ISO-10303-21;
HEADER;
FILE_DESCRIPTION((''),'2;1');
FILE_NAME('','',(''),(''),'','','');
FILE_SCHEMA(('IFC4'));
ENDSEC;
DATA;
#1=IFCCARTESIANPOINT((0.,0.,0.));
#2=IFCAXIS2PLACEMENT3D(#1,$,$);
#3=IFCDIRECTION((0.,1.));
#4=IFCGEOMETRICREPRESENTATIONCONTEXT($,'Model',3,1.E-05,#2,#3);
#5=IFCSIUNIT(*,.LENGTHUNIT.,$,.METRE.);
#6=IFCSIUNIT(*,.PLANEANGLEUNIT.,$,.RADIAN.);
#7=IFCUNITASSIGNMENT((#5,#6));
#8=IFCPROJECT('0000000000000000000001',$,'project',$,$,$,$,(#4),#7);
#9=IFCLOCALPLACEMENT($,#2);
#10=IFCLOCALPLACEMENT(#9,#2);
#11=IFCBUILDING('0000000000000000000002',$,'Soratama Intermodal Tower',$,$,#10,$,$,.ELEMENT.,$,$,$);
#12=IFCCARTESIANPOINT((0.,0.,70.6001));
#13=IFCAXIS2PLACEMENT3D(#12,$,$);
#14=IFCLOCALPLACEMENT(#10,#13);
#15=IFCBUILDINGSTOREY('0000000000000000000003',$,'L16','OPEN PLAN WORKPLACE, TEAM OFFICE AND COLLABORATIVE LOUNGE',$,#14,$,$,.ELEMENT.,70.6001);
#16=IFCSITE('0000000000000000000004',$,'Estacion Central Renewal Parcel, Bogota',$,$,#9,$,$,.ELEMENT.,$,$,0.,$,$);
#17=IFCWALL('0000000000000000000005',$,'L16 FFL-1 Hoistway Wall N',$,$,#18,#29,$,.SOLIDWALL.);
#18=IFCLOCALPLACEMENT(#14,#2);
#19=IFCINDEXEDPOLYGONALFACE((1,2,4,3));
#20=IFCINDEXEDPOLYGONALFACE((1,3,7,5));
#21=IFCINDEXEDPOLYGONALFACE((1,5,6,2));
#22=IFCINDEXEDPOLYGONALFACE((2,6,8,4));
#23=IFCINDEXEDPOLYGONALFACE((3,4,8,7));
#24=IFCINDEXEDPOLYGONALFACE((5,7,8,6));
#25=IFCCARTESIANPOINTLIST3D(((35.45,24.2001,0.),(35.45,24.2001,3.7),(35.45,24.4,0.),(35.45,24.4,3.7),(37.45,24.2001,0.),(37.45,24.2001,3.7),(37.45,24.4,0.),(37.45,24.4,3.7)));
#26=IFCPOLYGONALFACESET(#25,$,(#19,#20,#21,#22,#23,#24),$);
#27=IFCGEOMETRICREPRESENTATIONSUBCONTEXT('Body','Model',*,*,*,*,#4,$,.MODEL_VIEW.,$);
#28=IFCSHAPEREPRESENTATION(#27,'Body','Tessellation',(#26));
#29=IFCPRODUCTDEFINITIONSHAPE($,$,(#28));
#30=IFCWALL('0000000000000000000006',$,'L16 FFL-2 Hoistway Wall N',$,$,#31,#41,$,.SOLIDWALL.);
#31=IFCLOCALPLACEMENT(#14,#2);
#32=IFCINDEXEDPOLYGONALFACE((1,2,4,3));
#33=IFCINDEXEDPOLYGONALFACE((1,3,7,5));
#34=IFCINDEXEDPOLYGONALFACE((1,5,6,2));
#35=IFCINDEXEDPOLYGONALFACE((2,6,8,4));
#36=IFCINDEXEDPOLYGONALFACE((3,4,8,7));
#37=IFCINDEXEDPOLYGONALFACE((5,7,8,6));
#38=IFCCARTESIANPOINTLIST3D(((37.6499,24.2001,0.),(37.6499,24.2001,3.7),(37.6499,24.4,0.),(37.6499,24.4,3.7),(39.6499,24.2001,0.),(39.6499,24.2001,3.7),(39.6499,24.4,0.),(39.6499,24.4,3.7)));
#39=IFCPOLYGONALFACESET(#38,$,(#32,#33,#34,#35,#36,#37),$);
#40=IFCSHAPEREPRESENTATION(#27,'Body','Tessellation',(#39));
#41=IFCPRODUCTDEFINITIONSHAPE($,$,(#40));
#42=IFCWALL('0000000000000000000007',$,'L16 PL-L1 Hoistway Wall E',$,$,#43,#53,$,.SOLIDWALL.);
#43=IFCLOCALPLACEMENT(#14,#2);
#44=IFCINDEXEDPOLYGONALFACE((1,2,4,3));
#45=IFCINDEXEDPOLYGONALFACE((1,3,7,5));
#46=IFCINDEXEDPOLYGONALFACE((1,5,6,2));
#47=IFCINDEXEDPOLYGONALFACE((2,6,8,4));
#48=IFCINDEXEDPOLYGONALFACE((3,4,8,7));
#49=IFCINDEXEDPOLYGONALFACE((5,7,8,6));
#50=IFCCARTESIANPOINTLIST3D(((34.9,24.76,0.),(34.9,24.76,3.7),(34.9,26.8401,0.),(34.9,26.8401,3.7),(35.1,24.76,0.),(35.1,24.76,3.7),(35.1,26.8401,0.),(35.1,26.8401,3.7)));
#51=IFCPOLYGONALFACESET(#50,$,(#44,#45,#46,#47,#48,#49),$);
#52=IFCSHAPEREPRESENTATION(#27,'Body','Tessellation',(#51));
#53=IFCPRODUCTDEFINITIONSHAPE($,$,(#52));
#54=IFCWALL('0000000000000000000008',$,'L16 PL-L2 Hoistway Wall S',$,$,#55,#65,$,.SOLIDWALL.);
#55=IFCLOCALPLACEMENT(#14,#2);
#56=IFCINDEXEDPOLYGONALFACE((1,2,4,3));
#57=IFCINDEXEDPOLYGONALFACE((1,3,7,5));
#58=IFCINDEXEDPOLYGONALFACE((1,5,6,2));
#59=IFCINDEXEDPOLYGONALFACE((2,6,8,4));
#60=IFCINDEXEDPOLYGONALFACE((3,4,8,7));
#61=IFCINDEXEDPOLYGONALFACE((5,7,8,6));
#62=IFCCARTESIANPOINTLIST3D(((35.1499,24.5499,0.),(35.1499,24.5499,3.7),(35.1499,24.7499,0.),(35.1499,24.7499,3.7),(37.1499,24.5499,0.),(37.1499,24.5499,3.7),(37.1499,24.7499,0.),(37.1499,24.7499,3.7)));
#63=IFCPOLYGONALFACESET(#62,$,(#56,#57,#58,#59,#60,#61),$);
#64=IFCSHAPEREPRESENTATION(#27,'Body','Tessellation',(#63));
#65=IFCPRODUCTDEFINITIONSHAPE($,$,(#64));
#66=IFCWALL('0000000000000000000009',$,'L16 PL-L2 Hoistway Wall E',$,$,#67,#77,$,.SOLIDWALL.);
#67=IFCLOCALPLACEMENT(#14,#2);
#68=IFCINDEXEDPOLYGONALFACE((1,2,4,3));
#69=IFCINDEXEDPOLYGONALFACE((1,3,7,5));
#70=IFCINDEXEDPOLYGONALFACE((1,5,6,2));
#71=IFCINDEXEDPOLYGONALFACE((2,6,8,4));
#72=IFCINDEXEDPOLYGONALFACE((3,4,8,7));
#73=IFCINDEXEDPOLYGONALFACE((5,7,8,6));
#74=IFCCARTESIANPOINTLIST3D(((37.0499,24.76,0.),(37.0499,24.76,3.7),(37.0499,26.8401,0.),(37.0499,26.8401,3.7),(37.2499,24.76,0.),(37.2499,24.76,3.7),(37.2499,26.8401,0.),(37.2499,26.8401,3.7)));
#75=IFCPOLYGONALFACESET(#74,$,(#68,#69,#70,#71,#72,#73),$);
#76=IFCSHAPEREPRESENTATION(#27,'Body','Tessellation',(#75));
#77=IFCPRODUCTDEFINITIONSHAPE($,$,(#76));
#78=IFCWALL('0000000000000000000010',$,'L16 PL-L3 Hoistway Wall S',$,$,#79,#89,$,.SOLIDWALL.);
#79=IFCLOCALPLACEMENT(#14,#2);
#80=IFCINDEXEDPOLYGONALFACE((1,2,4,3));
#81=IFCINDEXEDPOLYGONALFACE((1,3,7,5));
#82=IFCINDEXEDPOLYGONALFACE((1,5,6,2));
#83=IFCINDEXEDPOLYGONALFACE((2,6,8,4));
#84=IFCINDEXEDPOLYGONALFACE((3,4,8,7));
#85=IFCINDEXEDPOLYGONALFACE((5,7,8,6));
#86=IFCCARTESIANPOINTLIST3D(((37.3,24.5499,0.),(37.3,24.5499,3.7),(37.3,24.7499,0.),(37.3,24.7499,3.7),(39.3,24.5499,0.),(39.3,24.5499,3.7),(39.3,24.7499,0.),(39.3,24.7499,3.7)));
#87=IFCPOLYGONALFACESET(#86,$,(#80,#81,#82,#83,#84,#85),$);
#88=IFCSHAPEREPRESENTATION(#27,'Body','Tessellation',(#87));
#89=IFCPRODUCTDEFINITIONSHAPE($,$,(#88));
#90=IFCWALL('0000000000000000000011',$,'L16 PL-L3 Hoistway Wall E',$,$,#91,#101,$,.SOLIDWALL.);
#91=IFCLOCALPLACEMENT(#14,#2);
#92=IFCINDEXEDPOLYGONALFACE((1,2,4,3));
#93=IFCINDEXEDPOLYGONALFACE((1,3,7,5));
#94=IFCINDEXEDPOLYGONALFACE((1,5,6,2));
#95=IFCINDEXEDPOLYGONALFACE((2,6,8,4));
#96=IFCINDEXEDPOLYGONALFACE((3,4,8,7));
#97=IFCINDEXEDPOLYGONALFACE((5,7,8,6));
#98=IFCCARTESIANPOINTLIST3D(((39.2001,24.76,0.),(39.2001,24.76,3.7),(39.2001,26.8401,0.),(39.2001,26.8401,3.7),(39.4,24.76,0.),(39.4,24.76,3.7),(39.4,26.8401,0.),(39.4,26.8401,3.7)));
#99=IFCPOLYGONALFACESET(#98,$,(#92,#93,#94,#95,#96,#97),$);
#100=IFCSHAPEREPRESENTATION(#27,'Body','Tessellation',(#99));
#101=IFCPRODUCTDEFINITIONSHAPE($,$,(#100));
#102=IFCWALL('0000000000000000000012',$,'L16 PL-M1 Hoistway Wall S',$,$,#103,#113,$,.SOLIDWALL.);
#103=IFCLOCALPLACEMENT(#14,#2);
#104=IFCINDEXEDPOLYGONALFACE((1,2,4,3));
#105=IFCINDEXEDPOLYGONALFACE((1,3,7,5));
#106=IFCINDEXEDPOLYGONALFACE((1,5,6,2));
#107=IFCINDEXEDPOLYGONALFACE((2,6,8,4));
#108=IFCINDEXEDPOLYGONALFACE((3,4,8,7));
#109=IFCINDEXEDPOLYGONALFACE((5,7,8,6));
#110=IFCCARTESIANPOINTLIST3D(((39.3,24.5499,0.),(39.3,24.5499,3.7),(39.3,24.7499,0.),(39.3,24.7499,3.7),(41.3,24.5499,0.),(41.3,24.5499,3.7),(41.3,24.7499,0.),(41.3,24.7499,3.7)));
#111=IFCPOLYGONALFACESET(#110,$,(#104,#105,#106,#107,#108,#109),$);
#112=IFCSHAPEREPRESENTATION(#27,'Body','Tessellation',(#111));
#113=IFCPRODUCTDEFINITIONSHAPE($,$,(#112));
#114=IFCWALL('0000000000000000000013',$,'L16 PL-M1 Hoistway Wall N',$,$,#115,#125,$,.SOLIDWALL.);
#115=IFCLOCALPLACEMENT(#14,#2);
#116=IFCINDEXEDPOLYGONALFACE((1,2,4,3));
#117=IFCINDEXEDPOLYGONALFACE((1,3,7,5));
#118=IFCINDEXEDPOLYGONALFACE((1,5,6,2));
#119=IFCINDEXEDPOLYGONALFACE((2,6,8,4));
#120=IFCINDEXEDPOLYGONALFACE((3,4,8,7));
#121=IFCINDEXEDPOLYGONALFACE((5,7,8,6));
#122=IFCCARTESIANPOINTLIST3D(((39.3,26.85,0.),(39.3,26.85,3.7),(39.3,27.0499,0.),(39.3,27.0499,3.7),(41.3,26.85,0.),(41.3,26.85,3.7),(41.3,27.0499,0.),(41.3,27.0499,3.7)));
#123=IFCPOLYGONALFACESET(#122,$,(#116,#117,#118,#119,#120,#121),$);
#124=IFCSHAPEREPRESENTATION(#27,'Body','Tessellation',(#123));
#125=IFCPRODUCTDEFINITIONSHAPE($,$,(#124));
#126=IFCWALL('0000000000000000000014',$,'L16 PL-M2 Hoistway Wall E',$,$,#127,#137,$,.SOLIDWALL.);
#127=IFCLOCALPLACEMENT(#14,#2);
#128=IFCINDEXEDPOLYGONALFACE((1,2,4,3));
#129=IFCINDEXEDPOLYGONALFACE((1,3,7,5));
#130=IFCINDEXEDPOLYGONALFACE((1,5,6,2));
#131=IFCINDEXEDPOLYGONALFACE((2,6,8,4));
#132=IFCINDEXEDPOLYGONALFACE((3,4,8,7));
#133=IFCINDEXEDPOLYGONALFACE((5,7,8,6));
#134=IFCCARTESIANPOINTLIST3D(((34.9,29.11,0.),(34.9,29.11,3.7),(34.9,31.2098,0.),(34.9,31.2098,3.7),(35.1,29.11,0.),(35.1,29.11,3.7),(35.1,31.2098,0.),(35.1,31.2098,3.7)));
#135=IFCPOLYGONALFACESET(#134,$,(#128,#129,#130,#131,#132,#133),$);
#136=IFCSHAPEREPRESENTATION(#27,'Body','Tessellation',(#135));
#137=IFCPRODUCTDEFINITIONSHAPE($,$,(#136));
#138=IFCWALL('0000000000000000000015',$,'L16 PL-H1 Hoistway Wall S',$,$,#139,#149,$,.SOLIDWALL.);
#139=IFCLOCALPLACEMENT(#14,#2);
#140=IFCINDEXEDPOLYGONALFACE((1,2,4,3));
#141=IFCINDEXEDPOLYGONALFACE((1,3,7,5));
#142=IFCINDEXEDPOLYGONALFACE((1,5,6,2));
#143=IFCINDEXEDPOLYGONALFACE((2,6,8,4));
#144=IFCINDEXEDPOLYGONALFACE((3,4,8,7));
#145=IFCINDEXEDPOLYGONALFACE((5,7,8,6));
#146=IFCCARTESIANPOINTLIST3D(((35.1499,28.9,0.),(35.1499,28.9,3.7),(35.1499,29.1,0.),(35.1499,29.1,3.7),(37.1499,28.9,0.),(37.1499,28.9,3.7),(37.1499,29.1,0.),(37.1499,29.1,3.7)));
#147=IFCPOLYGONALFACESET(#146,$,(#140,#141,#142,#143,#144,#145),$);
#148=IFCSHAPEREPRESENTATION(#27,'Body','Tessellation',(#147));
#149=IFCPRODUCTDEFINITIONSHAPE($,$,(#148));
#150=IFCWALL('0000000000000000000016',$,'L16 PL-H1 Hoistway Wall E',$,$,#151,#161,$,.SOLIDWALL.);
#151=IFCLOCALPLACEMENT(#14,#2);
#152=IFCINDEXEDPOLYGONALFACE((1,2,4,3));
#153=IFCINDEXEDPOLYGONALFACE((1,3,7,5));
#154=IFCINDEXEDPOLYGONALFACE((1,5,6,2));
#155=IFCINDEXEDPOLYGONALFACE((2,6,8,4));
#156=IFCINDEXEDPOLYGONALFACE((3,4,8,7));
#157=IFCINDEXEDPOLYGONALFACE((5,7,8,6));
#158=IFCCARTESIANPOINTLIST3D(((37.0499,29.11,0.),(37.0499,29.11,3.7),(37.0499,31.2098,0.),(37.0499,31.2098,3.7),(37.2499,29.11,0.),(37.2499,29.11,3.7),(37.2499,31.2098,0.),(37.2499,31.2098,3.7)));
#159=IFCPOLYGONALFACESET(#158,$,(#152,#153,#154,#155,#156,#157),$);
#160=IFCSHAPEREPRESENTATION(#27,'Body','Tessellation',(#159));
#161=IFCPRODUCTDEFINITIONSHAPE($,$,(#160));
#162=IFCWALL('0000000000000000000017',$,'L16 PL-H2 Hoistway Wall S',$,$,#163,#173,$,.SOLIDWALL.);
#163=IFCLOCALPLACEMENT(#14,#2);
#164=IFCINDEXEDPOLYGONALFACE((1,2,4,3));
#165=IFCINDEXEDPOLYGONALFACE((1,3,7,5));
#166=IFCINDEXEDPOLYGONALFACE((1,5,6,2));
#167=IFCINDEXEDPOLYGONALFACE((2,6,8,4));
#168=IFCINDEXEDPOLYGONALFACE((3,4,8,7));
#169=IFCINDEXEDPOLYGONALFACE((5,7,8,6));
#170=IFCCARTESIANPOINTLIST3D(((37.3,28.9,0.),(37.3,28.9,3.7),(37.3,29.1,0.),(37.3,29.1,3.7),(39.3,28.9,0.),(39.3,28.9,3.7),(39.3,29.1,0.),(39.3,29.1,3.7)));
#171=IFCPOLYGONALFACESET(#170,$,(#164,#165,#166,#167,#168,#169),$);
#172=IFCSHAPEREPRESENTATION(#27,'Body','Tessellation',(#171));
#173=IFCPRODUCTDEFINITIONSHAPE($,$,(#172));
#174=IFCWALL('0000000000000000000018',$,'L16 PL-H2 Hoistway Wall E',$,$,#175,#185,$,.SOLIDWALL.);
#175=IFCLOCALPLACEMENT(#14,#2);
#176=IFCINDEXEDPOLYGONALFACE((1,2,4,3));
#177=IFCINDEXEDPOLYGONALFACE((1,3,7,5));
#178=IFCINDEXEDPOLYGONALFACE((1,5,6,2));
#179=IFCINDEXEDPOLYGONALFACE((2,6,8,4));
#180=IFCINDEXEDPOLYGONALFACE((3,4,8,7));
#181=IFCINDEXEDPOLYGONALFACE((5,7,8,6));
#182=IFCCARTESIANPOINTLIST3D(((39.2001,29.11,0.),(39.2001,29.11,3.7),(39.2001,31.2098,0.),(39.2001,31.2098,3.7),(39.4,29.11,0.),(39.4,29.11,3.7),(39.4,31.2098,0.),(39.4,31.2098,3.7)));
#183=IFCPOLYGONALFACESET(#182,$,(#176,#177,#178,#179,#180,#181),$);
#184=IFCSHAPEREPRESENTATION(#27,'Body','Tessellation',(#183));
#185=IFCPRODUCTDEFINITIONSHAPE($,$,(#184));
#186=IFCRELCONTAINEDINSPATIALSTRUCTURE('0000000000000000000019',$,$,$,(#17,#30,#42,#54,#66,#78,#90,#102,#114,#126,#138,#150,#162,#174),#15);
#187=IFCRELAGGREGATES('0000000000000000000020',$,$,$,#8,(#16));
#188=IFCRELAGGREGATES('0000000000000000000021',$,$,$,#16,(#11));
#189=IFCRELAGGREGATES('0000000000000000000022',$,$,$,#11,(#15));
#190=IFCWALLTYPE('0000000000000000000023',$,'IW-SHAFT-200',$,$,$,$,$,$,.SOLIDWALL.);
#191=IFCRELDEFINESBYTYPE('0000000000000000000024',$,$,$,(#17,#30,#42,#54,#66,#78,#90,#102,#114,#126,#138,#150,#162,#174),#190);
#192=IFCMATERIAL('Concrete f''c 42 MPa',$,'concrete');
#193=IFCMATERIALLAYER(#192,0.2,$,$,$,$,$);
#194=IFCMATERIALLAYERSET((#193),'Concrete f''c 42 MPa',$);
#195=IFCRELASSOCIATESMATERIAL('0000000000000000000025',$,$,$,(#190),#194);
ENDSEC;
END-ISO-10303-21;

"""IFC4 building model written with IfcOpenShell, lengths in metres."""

from ifc_helpers import new_model, si_unit, direction, frame, frame_2d, origin, place, context, subcontext, project, spatial, rectangle, extrude, material, layer, layer_set, type_object, element, save


model = new_model("IFC4")

# Units and contexts
model_context = context("Model", 3, precision=1e-05, world=origin(), true_north=direction((0.0, 1.0)))
body_context = subcontext(model_context, "Body", "Model", "MODEL_VIEW")
ifc_project = project(units=[si_unit("LENGTHUNIT", "METRE"), si_unit("PLANEANGLEUNIT", "RADIAN")], contexts=[model_context])

# Site, building, storey
site_placement = place(None, origin())
site = spatial("IfcSite", under=ifc_project, at=site_placement, Name="Estacion Central Renewal Parcel, Bogota", CompositionType="ELEMENT", RefElevation=0.0)
building_placement = place(site_placement, origin())
building = spatial("IfcBuilding", under=site, at=building_placement, Name="Soratama Intermodal Tower", CompositionType="ELEMENT")
storey_placement = place(building_placement, frame((0.0, 0.0, 70.6001)))
storey = spatial("IfcBuildingStorey", under=building, at=storey_placement, Name="L16", Description="OPEN PLAN WORKPLACE, TEAM OFFICE AND COLLABORATIVE LOUNGE", CompositionType="ELEMENT", Elevation=70.6001)

# Walls
ifc_material_1 = material(Name="Concrete f'c 42 MPa", Category="concrete")
ifc_layer_1 = layer(ifc_material_1, 0.2)
ifc_layer_set_1 = layer_set([ifc_layer_1], Name="Concrete f'c 42 MPa")
wall_type = type_object("IfcWallType", Name="IW-SHAFT-200", PredefinedType="SOLIDWALL", material=ifc_layer_set_1)
for number, where, z_axis, x_axis, name in (
    (1, (35.45, 24.3, 0.0), (0.0, 0.0, 1.0), (1.0, 0.0, 0.0), "L16 FFL-1 Hoistway Wall N"),
    (2, (37.6499, 24.3, 0.0), (0.0, 0.0, 1.0), (1.0, 0.0, 0.0), "L16 FFL-2 Hoistway Wall N"),
):
    element("IfcWall", number, at=place(storey_placement, frame(where, z_axis=z_axis, x_axis=x_axis)), inside=storey, type_object=wall_type, Name=name, PredefinedType="SOLIDWALL", context=body_context, shape_type="SweptSolid", body=[
        extrude(rectangle(XDim=2.0, YDim=0.2, at=frame_2d((1.0, 0.0))), origin(), (0.0, 0.0, 1.0), 3.7),
    ])
wall_1_placement = place(storey_placement, frame((35.0, 24.76, 0.0), z_axis=(0.0, 0.0, 1.0), x_axis=(0.0, 1.0, 0.0)))
element("IfcWall", 3, at=wall_1_placement, inside=storey, type_object=wall_type, Name="L16 PL-L1 Hoistway Wall E", PredefinedType="SOLIDWALL", context=body_context, shape_type="SweptSolid", body=[
    extrude(rectangle(XDim=2.0801, YDim=0.2, at=frame_2d((1.04, 0.0))), origin(), (0.0, 0.0, 1.0), 3.7),
])
wall_2_placement = place(storey_placement, frame((35.1499, 24.6499, 0.0), z_axis=(0.0, 0.0, 1.0), x_axis=(1.0, 0.0, 0.0)))
element("IfcWall", 4, at=wall_2_placement, inside=storey, type_object=wall_type, Name="L16 PL-L2 Hoistway Wall S", PredefinedType="SOLIDWALL", context=body_context, shape_type="SweptSolid", body=[
    extrude(rectangle(XDim=2.0, YDim=0.2, at=frame_2d((1.0, 0.0))), origin(), (0.0, 0.0, 1.0), 3.7),
])

# Walls
wall_3_placement = place(storey_placement, frame((37.1499, 24.76, 0.0), z_axis=(0.0, 0.0, 1.0), x_axis=(0.0, 1.0, 0.0)))
element("IfcWall", 5, at=wall_3_placement, inside=storey, type_object=wall_type, Name="L16 PL-L2 Hoistway Wall E", PredefinedType="SOLIDWALL", context=body_context, shape_type="SweptSolid", body=[
    extrude(rectangle(XDim=2.0801, YDim=0.2, at=frame_2d((1.04, 0.0))), origin(), (0.0, 0.0, 1.0), 3.7),
])
wall_4_placement = place(storey_placement, frame((37.3, 24.6499, 0.0), z_axis=(0.0, 0.0, 1.0), x_axis=(1.0, 0.0, 0.0)))
element("IfcWall", 6, at=wall_4_placement, inside=storey, type_object=wall_type, Name="L16 PL-L3 Hoistway Wall S", PredefinedType="SOLIDWALL", context=body_context, shape_type="SweptSolid", body=[
    extrude(rectangle(XDim=2.0, YDim=0.2, at=frame_2d((1.0, 0.0))), origin(), (0.0, 0.0, 1.0), 3.7),
])

# Walls
wall_5_placement = place(storey_placement, frame((39.3, 24.76, 0.0), z_axis=(0.0, 0.0, 1.0), x_axis=(0.0, 1.0, 0.0)))
element("IfcWall", 7, at=wall_5_placement, inside=storey, type_object=wall_type, Name="L16 PL-L3 Hoistway Wall E", PredefinedType="SOLIDWALL", context=body_context, shape_type="SweptSolid", body=[
    extrude(rectangle(XDim=2.0801, YDim=0.2, at=frame_2d((1.04, 0.0))), origin(), (0.0, 0.0, 1.0), 3.7),
])
for number, where, z_axis, x_axis, name in (
    (8, (39.3, 24.6499, 0.0), (0.0, 0.0, 1.0), (1.0, 0.0, 0.0), "L16 PL-M1 Hoistway Wall S"),
    (9, (39.3, 26.95, 0.0), (0.0, 0.0, 1.0), (1.0, 0.0, 0.0), "L16 PL-M1 Hoistway Wall N"),
):
    element("IfcWall", number, at=place(storey_placement, frame(where, z_axis=z_axis, x_axis=x_axis)), inside=storey, type_object=wall_type, Name=name, PredefinedType="SOLIDWALL", context=body_context, shape_type="SweptSolid", body=[
        extrude(rectangle(XDim=2.0, YDim=0.2, at=frame_2d((1.0, 0.0))), origin(), (0.0, 0.0, 1.0), 3.7),
    ])
wall_6_placement = place(storey_placement, frame((35.0, 29.1101, 0.0), z_axis=(0.0, 0.0, 1.0), x_axis=(0.0, 1.0, 0.0)))
element("IfcWall", 10, at=wall_6_placement, inside=storey, type_object=wall_type, Name="L16 PL-M2 Hoistway Wall E", PredefinedType="SOLIDWALL", context=body_context, shape_type="SweptSolid", body=[
    extrude(rectangle(XDim=2.0999, YDim=0.2, at=frame_2d((1.0498, 0.0))), origin(), (0.0, 0.0, 1.0), 3.7),
])
wall_7_placement = place(storey_placement, frame((35.1499, 29.0, 0.0), z_axis=(0.0, 0.0, 1.0), x_axis=(1.0, 0.0, 0.0)))
element("IfcWall", 11, at=wall_7_placement, inside=storey, type_object=wall_type, Name="L16 PL-H1 Hoistway Wall S", PredefinedType="SOLIDWALL", context=body_context, shape_type="SweptSolid", body=[
    extrude(rectangle(XDim=2.0, YDim=0.2, at=frame_2d((1.0, 0.0))), origin(), (0.0, 0.0, 1.0), 3.7),
])
wall_8_placement = place(storey_placement, frame((37.1499, 29.1101, 0.0), z_axis=(0.0, 0.0, 1.0), x_axis=(0.0, 1.0, 0.0)))
element("IfcWall", 12, at=wall_8_placement, inside=storey, type_object=wall_type, Name="L16 PL-H1 Hoistway Wall E", PredefinedType="SOLIDWALL", context=body_context, shape_type="SweptSolid", body=[
    extrude(rectangle(XDim=2.0999, YDim=0.2, at=frame_2d((1.0498, 0.0))), origin(), (0.0, 0.0, 1.0), 3.7),
])
wall_9_placement = place(storey_placement, frame((37.3, 29.0, 0.0), z_axis=(0.0, 0.0, 1.0), x_axis=(1.0, 0.0, 0.0)))
element("IfcWall", 13, at=wall_9_placement, inside=storey, type_object=wall_type, Name="L16 PL-H2 Hoistway Wall S", PredefinedType="SOLIDWALL", context=body_context, shape_type="SweptSolid", body=[
    extrude(rectangle(XDim=2.0, YDim=0.2, at=frame_2d((1.0, 0.0))), origin(), (0.0, 0.0, 1.0), 3.7),
])
wall_10_placement = place(storey_placement, frame((39.3, 29.1101, 0.0), z_axis=(0.0, 0.0, 1.0), x_axis=(0.0, 1.0, 0.0)))
element("IfcWall", 14, at=wall_10_placement, inside=storey, type_object=wall_type, Name="L16 PL-H2 Hoistway Wall E", PredefinedType="SOLIDWALL", context=body_context, shape_type="SweptSolid", body=[
    extrude(rectangle(XDim=2.0999, YDim=0.2, at=frame_2d((1.0498, 0.0))), origin(), (0.0, 0.0, 1.0), 3.7),
])

save(model, "model.ifc")
